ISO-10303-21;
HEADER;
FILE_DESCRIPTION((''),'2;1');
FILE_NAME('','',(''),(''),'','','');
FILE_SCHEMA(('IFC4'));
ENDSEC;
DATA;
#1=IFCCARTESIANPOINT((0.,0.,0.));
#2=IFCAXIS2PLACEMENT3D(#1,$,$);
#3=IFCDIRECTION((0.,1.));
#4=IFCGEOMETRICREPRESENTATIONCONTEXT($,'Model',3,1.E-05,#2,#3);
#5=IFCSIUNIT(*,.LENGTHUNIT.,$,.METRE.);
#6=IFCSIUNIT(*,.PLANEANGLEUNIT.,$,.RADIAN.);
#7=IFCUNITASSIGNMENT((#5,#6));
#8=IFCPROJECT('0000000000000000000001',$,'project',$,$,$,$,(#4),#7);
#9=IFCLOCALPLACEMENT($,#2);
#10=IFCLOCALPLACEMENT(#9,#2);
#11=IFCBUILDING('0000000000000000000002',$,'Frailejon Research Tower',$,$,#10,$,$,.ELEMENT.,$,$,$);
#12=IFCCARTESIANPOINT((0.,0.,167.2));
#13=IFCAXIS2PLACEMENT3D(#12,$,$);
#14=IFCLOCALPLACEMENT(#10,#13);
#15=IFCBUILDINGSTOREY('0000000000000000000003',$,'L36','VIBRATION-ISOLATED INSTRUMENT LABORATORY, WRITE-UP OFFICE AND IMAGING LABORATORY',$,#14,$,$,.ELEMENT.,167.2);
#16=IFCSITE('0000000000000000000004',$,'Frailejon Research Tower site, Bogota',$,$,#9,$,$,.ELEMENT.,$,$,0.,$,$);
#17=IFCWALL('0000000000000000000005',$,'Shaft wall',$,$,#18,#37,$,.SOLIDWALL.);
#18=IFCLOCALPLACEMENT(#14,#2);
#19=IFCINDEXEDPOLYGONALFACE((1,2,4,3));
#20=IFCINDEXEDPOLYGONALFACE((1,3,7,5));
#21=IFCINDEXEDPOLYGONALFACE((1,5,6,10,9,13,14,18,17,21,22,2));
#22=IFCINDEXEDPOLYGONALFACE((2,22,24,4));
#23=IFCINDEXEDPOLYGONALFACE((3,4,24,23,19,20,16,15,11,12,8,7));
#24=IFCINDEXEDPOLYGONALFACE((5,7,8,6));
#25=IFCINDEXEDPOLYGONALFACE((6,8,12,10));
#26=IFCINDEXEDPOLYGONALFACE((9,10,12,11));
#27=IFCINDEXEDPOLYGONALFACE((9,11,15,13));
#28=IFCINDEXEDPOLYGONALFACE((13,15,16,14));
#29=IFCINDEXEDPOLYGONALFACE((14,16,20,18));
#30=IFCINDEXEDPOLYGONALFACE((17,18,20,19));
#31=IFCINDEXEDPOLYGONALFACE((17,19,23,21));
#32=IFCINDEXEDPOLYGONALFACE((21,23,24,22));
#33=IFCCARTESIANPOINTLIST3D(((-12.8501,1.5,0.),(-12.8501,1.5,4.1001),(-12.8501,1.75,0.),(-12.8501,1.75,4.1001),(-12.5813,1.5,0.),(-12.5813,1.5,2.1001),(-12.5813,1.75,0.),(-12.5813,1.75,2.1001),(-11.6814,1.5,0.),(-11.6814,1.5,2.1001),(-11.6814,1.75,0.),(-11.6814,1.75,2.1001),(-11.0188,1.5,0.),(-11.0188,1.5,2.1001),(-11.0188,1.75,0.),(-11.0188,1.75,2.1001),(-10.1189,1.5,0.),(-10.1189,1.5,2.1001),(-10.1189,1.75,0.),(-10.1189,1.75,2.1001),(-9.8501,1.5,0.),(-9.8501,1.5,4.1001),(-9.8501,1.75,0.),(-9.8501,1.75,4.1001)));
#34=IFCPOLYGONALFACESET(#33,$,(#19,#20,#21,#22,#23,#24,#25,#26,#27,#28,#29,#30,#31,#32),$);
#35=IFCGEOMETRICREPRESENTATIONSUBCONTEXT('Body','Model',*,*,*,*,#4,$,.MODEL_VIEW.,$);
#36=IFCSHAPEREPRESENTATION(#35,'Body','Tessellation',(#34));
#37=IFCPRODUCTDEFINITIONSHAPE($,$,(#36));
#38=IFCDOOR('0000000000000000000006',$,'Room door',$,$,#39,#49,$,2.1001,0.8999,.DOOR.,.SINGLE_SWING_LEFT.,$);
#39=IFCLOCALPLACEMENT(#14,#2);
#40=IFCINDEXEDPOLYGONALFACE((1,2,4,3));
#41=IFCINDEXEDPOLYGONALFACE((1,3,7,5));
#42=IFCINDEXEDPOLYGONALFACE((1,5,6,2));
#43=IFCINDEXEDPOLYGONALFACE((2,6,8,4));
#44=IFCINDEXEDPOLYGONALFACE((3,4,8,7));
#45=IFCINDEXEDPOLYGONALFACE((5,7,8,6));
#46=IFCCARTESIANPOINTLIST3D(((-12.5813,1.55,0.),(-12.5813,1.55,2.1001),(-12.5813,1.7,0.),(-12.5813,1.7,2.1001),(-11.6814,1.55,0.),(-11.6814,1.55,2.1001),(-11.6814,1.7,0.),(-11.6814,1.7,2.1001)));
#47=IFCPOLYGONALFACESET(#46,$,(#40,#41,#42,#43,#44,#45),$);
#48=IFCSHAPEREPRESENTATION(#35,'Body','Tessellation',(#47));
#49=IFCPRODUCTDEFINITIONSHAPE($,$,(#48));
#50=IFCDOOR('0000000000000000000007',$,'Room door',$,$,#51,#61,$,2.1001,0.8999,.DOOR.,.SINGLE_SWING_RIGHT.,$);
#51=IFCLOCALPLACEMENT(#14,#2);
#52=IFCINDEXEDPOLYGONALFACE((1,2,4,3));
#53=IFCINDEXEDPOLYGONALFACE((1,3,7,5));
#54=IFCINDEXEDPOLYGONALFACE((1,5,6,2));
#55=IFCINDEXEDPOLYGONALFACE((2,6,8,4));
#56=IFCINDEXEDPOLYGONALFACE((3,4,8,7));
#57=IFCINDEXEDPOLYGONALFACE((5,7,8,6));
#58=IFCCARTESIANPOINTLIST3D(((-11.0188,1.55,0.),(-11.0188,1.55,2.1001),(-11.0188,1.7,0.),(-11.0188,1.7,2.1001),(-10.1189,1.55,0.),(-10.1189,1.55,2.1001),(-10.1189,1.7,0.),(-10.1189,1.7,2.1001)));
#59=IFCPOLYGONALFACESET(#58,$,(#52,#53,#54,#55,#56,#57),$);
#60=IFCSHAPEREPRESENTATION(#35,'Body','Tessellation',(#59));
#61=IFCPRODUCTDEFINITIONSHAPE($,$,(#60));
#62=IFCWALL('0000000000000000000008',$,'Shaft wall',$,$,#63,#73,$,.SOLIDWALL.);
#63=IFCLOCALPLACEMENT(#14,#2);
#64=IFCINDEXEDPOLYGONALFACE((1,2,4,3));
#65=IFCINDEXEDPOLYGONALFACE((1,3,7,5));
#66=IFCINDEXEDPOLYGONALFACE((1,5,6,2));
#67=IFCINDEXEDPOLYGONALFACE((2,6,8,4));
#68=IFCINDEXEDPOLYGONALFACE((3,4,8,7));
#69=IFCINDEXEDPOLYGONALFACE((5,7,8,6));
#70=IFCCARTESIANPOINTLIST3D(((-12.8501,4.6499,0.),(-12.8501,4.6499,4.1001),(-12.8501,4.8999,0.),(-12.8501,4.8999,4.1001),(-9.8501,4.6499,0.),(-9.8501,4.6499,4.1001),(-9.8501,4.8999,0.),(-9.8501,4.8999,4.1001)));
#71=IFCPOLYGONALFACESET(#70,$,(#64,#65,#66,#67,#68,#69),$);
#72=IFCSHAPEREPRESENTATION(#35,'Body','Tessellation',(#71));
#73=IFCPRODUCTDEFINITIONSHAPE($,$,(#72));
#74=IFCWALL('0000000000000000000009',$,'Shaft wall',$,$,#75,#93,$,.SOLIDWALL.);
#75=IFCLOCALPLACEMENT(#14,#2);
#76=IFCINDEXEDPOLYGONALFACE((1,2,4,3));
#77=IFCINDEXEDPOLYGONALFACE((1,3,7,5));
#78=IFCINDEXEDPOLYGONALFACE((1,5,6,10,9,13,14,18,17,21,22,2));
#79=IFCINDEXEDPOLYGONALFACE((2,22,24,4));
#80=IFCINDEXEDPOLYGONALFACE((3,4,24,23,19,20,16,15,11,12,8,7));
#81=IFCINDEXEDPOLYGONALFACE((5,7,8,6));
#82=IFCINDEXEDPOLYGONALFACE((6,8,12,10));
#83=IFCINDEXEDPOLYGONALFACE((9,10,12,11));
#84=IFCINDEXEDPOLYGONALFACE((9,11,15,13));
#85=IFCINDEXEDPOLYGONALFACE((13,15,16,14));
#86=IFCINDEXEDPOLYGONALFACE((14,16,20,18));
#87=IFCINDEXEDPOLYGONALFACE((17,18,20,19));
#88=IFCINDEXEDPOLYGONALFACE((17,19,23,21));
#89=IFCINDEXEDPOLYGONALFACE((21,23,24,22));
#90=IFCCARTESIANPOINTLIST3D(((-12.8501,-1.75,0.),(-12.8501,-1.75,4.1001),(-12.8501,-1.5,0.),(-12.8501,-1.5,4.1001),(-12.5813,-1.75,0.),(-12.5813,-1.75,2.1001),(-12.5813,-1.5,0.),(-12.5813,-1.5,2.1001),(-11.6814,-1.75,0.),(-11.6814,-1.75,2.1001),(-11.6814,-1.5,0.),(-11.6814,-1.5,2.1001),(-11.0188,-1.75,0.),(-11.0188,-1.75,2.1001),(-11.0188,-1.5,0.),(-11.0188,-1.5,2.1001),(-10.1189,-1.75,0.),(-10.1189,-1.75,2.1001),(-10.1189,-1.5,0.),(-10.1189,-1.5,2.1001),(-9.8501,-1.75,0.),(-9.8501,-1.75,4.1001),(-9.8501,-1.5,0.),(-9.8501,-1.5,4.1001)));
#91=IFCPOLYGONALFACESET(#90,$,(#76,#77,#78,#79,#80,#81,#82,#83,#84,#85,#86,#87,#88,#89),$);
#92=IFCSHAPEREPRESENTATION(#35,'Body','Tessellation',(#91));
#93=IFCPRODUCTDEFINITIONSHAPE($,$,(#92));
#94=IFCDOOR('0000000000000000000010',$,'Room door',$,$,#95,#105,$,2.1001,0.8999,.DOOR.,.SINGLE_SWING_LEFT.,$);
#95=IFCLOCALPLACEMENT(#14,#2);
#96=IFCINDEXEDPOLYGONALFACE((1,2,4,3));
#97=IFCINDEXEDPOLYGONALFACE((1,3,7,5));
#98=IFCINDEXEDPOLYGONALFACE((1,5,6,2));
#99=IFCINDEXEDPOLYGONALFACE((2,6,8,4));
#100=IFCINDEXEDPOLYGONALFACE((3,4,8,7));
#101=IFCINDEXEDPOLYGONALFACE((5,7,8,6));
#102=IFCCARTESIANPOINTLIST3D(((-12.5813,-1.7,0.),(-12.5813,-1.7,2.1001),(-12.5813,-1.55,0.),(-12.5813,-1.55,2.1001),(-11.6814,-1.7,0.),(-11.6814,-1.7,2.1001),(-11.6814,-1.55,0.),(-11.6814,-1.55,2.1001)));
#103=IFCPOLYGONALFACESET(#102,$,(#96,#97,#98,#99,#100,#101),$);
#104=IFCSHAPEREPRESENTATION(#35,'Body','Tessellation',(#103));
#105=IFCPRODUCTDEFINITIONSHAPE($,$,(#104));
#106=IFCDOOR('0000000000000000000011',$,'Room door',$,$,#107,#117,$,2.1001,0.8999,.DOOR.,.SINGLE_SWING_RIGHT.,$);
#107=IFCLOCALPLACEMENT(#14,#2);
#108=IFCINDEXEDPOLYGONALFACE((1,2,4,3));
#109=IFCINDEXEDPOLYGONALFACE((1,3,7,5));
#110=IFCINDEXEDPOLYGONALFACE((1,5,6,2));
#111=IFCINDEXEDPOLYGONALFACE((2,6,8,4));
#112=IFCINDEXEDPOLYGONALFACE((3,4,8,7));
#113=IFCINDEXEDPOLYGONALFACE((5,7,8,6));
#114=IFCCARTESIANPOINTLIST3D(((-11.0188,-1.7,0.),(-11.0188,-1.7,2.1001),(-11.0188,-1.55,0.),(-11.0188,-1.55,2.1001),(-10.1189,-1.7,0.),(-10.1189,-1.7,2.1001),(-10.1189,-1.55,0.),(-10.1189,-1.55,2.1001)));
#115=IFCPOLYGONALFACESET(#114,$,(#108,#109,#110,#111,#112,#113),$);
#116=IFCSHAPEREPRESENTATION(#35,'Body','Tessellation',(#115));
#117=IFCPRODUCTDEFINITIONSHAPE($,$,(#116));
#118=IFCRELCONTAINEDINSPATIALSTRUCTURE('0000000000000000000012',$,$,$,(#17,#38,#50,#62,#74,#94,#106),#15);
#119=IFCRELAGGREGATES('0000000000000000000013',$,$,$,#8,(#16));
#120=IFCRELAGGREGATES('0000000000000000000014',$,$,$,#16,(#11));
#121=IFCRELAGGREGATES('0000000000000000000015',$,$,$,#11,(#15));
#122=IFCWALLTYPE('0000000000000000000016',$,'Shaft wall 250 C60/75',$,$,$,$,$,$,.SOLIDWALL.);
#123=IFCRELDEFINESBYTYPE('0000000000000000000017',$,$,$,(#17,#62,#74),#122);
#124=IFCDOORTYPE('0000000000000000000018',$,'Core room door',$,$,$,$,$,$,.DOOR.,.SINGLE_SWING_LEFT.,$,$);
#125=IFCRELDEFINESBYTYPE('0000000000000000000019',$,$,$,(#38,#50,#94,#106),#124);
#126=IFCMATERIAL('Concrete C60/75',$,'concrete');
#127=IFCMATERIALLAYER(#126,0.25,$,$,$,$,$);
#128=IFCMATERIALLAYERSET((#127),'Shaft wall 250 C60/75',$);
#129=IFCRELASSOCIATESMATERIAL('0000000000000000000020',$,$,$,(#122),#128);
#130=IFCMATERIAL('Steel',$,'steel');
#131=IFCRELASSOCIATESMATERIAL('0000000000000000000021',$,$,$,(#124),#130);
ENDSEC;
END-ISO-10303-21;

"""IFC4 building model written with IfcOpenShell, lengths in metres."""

from ifc_helpers import new_model, si_unit, direction, frame, frame_2d, origin, place, context, subcontext, project, spatial, rectangle, extrude, material, layer, layer_set, type_object, element, fill, save


model = new_model("IFC4")

# Units and contexts
model_context = context("Model", 3, precision=1e-05, world=origin(), true_north=direction((0.0, 1.0)))
body_context = subcontext(model_context, "Body", "Model", "MODEL_VIEW")
ifc_project = project(units=[si_unit("LENGTHUNIT", "METRE"), si_unit("PLANEANGLEUNIT", "RADIAN")], contexts=[model_context])

# Site, building, storey
site_placement = place(None, origin())
site = spatial("IfcSite", under=ifc_project, at=site_placement, Name="Frailejon Research Tower site, Bogota", CompositionType="ELEMENT", RefElevation=0.0)
building_placement = place(site_placement, origin())
building = spatial("IfcBuilding", under=site, at=building_placement, Name="Frailejon Research Tower", CompositionType="ELEMENT")
storey_placement = place(building_placement, frame((0.0, 0.0, 167.2)))
storey = spatial("IfcBuildingStorey", under=building, at=storey_placement, Name="L36", Description="VIBRATION-ISOLATED INSTRUMENT LABORATORY, WRITE-UP OFFICE AND IMAGING LABORATORY", CompositionType="ELEMENT", Elevation=167.2)

# Wall, openings, doors
ifc_material_1 = material(Name="Concrete C60/75", Category="concrete")
ifc_layer_1 = layer(ifc_material_1, 0.25)
ifc_layer_set_1 = layer_set([ifc_layer_1], Name="Shaft wall 250 C60/75")
wall_type_1 = type_object("IfcWallType", Name="Shaft wall 250 C60/75", PredefinedType="SOLIDWALL", material=ifc_layer_set_1)
wall_1_placement = place(storey_placement, frame((-12.8501, 1.625, 0.0), z_axis=(0.0, 0.0, 1.0), x_axis=(1.0, 0.0, 0.0)))
wall_1 = element("IfcWall", 1, at=wall_1_placement, inside=storey, type_object=wall_type_1, Name="Shaft wall", PredefinedType="SOLIDWALL", context=body_context, shape_type="SweptSolid", body=[
    extrude(rectangle(XDim=3.0, YDim=0.25, at=frame_2d((1.5, 0.0))), origin(), (0.0, 0.0, 1.0), 4.1001),
])
opening_1_placement = place(wall_1_placement, frame((0.2688, 0.0, 0.0)))
opening_1 = element("IfcOpeningElement", 2, at=opening_1_placement, cuts=wall_1, PredefinedType="OPENING", context=body_context, shape_type="SweptSolid", body=[
    extrude(rectangle(XDim=0.8999, YDim=2.1001, at=frame_2d((0.45, 1.05))), frame((0.0, 0.135, 0.0), z_axis=(0.0, -1.0, 0.0), x_axis=(1.0, 0.0, 0.0)), (0.0, 0.0, 1.0), 0.27),
])
opening_2_placement = place(wall_1_placement, frame((1.8313, 0.0, 0.0)))
opening_2 = element("IfcOpeningElement", 3, at=opening_2_placement, cuts=wall_1, PredefinedType="OPENING", context=body_context, shape_type="SweptSolid", body=[
    extrude(rectangle(XDim=0.8999, YDim=2.1001, at=frame_2d((0.45, 1.05))), frame((0.0, 0.135, 0.0), z_axis=(0.0, -1.0, 0.0), x_axis=(1.0, 0.0, 0.0)), (0.0, 0.0, 1.0), 0.27),
])
ifc_material_2 = material(Name="Steel", Category="steel")
door_type_1 = type_object("IfcDoorType", Name="Core room door", OperationType="SINGLE_SWING_LEFT", PredefinedType="DOOR", material=ifc_material_2)
door_1_placement = place(opening_1_placement, origin())
door_1 = element("IfcDoor", 4, at=door_1_placement, inside=storey, type_object=door_type_1, Name="Room door", OperationType="SINGLE_SWING_LEFT", OverallHeight=2.1001, OverallWidth=0.8999, PredefinedType="DOOR", context=body_context, shape_type="SweptSolid", body=[
    extrude(rectangle(XDim=0.8999, YDim=2.1001, at=frame_2d((0.45, 1.05))), frame((0.0, 0.075, 0.0), z_axis=(0.0, -1.0, 0.0), x_axis=(1.0, 0.0, 0.0)), (0.0, 0.0, 1.0), 0.1499),
])
fill(opening_1, door_1)
door_2_placement = place(opening_2_placement, origin())
door_2 = element("IfcDoor", 5, at=door_2_placement, inside=storey, type_object=door_type_1, Name="Room door", OperationType="SINGLE_SWING_RIGHT", OverallHeight=2.1001, OverallWidth=0.8999, PredefinedType="DOOR", context=body_context, shape_type="SweptSolid", body=[
    extrude(rectangle(XDim=0.8999, YDim=2.1001, at=frame_2d((0.45, 1.05))), frame((0.0, 0.075, 0.0), z_axis=(0.0, -1.0, 0.0), x_axis=(1.0, 0.0, 0.0)), (0.0, 0.0, 1.0), 0.1499),
])
fill(opening_2, door_2)

# Wall
wall_2_placement = place(storey_placement, frame((-12.8501, 4.7749, 0.0), z_axis=(0.0, 0.0, 1.0), x_axis=(1.0, 0.0, 0.0)))
element("IfcWall", 6, at=wall_2_placement, inside=storey, type_object=wall_type_1, Name="Shaft wall", PredefinedType="SOLIDWALL", context=body_context, shape_type="SweptSolid", body=[
    extrude(rectangle(XDim=3.0, YDim=0.25, at=frame_2d((1.5, 0.0))), origin(), (0.0, 0.0, 1.0), 4.1001),
])

# Wall, openings, doors
wall_3_placement = place(storey_placement, frame((-12.8501, -1.625, 0.0), z_axis=(0.0, 0.0, 1.0), x_axis=(1.0, 0.0, 0.0)))
wall_3 = element("IfcWall", 7, at=wall_3_placement, inside=storey, type_object=wall_type_1, Name="Shaft wall", PredefinedType="SOLIDWALL", context=body_context, shape_type="SweptSolid", body=[
    extrude(rectangle(XDim=3.0, YDim=0.25, at=frame_2d((1.5, 0.0))), origin(), (0.0, 0.0, 1.0), 4.1001),
])
opening_3_placement = place(wall_3_placement, frame((0.2688, 0.0, 0.0)))
opening_3 = element("IfcOpeningElement", 8, at=opening_3_placement, cuts=wall_3, PredefinedType="OPENING", context=body_context, shape_type="SweptSolid", body=[
    extrude(rectangle(XDim=0.8999, YDim=2.1001, at=frame_2d((0.45, 1.05))), frame((0.0, 0.135, 0.0), z_axis=(0.0, -1.0, 0.0), x_axis=(1.0, 0.0, 0.0)), (0.0, 0.0, 1.0), 0.27),
])
opening_4_placement = place(wall_3_placement, frame((1.8313, 0.0, 0.0)))
opening_4 = element("IfcOpeningElement", 9, at=opening_4_placement, cuts=wall_3, PredefinedType="OPENING", context=body_context, shape_type="SweptSolid", body=[
    extrude(rectangle(XDim=0.8999, YDim=2.1001, at=frame_2d((0.45, 1.05))), frame((0.0, 0.135, 0.0), z_axis=(0.0, -1.0, 0.0), x_axis=(1.0, 0.0, 0.0)), (0.0, 0.0, 1.0), 0.27),
])
door_3_placement = place(opening_3_placement, origin())
door_3 = element("IfcDoor", 10, at=door_3_placement, inside=storey, type_object=door_type_1, Name="Room door", OperationType="SINGLE_SWING_LEFT", OverallHeight=2.1001, OverallWidth=0.8999, PredefinedType="DOOR", context=body_context, shape_type="SweptSolid", body=[
    extrude(rectangle(XDim=0.8999, YDim=2.1001, at=frame_2d((0.45, 1.05))), frame((0.0, 0.075, 0.0), z_axis=(0.0, -1.0, 0.0), x_axis=(1.0, 0.0, 0.0)), (0.0, 0.0, 1.0), 0.1499),
])
fill(opening_3, door_3)
door_4_placement = place(opening_4_placement, origin())
door_4 = element("IfcDoor", 11, at=door_4_placement, inside=storey, type_object=door_type_1, Name="Room door", OperationType="SINGLE_SWING_RIGHT", OverallHeight=2.1001, OverallWidth=0.8999, PredefinedType="DOOR", context=body_context, shape_type="SweptSolid", body=[
    extrude(rectangle(XDim=0.8999, YDim=2.1001, at=frame_2d((0.45, 1.05))), frame((0.0, 0.075, 0.0), z_axis=(0.0, -1.0, 0.0), x_axis=(1.0, 0.0, 0.0)), (0.0, 0.0, 1.0), 0.1499),
])
fill(opening_4, door_4)

save(model, "model.ifc")
